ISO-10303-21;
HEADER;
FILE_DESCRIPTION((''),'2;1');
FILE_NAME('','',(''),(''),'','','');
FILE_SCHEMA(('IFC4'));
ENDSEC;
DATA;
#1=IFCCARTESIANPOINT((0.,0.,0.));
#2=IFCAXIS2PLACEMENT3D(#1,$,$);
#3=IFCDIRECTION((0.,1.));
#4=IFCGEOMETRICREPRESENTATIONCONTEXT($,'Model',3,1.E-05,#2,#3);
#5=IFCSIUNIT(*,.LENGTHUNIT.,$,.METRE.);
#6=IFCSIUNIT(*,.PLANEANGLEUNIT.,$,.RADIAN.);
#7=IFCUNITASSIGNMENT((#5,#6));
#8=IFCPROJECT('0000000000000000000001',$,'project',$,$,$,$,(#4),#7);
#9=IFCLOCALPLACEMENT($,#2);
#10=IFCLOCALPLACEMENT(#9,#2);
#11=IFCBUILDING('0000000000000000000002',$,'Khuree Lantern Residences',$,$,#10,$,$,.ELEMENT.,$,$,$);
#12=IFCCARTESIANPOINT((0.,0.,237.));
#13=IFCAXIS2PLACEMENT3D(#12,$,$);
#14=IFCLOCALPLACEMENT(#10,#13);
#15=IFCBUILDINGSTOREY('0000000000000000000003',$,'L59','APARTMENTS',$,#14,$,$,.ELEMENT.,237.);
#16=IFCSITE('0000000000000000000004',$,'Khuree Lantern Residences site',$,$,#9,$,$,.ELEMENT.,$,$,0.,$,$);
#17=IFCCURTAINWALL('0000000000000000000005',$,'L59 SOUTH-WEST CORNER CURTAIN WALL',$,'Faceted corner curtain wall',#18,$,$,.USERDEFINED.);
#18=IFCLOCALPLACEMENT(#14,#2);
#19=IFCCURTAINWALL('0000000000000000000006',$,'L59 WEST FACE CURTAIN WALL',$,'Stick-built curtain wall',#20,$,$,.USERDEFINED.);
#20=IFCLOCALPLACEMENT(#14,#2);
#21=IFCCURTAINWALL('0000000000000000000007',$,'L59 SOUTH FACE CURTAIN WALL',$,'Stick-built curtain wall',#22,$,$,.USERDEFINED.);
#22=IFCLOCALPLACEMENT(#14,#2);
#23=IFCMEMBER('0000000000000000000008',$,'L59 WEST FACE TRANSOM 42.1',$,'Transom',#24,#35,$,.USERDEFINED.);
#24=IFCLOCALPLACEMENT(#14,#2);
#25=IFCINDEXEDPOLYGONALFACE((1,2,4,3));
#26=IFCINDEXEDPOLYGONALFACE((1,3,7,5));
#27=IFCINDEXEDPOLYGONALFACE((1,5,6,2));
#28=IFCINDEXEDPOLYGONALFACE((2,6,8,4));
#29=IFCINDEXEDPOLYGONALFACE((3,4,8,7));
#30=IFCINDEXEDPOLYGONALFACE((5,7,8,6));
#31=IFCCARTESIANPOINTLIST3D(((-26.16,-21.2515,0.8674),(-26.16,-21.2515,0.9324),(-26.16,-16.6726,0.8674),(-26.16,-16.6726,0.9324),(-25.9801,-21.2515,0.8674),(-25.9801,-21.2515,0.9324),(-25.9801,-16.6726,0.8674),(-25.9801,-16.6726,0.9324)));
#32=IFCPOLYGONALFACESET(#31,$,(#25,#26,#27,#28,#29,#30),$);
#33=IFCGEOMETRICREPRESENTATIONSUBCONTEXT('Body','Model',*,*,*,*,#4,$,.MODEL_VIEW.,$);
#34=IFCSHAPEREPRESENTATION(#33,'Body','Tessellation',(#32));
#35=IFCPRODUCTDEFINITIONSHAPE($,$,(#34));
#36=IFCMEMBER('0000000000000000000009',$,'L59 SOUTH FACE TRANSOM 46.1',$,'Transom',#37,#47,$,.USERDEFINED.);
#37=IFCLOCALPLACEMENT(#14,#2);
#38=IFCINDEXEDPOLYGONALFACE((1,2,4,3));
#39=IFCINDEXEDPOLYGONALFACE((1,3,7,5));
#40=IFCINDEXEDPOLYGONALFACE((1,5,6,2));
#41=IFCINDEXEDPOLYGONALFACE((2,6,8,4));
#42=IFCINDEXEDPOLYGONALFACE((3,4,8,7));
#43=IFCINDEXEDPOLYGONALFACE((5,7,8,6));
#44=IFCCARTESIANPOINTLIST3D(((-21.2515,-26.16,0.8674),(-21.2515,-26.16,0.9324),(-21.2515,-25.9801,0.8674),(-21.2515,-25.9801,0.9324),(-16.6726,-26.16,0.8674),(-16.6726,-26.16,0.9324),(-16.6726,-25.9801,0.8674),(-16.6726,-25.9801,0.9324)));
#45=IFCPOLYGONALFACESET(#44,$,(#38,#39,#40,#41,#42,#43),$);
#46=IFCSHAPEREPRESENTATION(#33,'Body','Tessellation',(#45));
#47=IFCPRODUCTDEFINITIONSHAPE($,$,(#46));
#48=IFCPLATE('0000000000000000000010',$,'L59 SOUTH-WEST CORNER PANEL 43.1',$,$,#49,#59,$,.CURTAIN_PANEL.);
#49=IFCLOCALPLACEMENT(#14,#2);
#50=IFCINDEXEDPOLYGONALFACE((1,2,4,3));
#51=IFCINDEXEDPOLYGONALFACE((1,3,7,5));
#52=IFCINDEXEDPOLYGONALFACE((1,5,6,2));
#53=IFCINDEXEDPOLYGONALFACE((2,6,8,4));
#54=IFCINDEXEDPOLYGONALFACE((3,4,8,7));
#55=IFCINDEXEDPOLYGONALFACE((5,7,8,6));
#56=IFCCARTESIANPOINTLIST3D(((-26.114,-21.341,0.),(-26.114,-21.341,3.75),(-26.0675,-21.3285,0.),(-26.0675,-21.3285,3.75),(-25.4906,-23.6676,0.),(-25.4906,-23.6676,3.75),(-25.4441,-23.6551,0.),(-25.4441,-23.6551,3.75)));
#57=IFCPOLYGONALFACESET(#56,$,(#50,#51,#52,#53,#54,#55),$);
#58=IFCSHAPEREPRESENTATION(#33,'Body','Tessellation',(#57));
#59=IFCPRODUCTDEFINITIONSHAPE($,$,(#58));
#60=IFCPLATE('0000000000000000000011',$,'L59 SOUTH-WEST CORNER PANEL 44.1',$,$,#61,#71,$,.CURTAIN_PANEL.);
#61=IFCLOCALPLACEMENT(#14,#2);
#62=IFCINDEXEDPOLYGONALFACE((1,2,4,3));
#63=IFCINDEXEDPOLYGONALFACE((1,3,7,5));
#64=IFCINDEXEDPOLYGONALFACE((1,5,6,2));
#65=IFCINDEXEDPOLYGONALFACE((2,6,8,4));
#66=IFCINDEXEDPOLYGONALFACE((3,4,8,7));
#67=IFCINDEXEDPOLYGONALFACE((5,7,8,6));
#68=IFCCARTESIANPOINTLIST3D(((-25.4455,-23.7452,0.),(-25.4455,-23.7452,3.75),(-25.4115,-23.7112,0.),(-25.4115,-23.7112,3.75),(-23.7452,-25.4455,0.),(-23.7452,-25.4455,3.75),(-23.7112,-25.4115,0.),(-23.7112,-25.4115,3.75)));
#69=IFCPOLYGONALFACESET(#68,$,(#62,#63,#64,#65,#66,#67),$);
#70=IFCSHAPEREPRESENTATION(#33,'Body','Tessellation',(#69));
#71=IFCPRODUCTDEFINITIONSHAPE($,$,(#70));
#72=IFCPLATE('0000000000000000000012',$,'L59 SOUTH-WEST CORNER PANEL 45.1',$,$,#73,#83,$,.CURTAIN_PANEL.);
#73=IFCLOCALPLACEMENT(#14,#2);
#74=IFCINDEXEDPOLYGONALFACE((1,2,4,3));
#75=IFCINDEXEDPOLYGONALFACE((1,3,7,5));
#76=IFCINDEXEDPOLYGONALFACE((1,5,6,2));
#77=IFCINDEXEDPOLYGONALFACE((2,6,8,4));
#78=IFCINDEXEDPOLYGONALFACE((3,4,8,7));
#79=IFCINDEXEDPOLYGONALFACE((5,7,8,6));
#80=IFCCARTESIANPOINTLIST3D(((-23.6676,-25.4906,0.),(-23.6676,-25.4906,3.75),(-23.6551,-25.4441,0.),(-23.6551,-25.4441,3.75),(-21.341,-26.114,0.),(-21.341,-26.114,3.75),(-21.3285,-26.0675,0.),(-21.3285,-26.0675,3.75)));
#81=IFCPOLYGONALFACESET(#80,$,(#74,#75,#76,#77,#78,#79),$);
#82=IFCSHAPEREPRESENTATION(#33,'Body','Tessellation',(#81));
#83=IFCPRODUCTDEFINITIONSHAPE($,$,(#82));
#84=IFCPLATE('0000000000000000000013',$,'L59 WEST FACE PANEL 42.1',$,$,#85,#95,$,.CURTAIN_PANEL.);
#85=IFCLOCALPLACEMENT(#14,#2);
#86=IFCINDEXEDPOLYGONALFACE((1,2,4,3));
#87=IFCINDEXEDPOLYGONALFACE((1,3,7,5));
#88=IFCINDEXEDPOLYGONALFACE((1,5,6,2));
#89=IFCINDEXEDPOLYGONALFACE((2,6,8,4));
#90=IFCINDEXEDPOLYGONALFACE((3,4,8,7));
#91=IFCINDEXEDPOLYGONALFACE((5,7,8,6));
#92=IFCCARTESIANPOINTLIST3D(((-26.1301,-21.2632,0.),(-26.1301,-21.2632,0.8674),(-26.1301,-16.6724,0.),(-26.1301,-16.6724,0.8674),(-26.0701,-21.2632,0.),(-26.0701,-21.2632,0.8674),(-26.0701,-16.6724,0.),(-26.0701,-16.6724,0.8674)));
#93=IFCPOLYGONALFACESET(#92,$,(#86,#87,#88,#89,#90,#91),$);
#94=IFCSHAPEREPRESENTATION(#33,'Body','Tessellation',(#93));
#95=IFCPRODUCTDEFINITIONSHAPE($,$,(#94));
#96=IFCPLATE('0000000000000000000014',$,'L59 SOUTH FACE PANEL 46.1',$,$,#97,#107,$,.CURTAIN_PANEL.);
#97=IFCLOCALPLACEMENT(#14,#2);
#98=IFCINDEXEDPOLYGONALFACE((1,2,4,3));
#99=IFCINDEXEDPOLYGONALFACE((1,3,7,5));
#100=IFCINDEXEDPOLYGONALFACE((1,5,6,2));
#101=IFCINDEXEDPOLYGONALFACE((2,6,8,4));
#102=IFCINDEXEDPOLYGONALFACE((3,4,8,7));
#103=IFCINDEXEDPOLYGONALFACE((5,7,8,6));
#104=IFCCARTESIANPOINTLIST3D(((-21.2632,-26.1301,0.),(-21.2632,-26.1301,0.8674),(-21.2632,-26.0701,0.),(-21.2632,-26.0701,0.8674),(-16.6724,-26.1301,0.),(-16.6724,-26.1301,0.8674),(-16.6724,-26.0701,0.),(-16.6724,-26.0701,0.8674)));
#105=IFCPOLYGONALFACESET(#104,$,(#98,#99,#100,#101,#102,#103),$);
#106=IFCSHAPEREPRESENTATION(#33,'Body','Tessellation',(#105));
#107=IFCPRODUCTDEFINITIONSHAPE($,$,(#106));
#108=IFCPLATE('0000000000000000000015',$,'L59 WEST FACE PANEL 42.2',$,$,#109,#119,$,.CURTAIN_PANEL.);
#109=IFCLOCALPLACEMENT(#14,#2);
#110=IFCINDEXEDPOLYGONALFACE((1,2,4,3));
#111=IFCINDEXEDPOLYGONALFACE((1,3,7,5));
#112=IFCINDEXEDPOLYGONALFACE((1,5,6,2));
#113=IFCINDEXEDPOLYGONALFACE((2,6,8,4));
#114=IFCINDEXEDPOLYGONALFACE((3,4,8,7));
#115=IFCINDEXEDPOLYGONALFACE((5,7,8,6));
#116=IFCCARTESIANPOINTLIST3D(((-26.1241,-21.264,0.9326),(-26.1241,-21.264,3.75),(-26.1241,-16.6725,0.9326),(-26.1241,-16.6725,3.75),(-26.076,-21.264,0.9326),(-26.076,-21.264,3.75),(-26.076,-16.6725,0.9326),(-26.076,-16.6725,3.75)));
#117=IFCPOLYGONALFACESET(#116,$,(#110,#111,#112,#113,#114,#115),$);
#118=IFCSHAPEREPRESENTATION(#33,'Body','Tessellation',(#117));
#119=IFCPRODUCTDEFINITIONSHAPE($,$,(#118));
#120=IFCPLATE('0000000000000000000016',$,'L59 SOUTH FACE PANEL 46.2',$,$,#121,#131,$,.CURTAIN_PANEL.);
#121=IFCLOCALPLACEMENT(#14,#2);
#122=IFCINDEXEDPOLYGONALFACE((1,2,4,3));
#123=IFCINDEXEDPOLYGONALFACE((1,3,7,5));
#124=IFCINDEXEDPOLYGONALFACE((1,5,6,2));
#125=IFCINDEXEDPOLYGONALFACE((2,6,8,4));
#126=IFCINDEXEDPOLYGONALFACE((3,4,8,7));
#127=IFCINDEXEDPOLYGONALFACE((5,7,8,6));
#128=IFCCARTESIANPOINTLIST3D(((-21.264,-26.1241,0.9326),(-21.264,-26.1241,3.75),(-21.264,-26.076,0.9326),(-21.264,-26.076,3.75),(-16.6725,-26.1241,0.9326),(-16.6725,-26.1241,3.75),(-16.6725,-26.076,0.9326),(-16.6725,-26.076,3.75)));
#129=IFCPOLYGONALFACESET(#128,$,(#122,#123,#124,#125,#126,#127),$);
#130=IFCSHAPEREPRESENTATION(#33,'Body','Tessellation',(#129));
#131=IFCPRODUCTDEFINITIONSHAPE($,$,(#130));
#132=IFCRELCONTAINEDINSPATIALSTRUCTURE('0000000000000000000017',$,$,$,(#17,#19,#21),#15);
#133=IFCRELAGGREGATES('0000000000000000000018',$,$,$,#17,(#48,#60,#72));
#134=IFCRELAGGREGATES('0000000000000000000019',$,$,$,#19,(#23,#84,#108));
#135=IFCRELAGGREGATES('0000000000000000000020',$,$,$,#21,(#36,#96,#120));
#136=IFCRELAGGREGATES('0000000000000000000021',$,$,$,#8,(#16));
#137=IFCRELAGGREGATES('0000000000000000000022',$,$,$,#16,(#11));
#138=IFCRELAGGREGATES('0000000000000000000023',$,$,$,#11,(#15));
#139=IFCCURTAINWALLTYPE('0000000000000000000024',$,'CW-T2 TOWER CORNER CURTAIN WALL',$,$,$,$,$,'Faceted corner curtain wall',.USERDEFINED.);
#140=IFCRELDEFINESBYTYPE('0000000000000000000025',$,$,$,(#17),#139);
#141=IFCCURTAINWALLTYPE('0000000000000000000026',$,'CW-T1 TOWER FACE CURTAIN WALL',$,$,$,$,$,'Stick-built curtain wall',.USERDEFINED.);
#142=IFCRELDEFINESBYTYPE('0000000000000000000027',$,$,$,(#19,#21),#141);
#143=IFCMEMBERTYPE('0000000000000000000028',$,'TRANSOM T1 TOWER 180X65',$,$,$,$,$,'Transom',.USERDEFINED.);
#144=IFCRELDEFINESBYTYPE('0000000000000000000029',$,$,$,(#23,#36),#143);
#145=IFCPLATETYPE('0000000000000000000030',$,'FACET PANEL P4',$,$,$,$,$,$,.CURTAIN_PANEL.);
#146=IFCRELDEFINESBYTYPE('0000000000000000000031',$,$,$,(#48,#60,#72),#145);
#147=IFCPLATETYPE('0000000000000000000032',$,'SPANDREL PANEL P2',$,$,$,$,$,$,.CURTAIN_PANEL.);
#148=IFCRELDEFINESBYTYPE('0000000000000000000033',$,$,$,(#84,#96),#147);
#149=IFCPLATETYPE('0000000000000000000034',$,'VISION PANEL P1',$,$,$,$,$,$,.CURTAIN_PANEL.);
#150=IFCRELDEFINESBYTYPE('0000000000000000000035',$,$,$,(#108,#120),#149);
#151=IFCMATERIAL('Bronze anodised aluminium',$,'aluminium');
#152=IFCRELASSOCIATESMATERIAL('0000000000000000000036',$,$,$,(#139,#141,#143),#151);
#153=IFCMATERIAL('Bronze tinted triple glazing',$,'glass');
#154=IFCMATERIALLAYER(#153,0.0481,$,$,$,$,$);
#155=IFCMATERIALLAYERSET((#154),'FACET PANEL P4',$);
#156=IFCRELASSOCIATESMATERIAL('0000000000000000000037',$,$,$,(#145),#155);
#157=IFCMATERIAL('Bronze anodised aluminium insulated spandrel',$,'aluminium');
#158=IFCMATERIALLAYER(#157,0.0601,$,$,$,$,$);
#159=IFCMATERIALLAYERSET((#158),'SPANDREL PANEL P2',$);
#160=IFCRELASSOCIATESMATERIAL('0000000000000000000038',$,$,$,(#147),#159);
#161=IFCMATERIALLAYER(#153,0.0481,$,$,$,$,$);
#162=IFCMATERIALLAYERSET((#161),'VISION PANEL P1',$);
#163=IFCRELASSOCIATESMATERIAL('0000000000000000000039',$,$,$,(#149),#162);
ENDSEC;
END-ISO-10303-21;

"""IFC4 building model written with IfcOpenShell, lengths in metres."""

from ifc_helpers import new_model, si_unit, direction, frame, origin, origin_2d, place, context, subcontext, project, spatial, rectangle, extrude, material, layer, layer_set, material_profile, profile_set, type_object, element, aggregate, save


model = new_model("IFC4")

# Units and contexts
model_context = context("Model", 3, precision=1e-05, world=origin(), true_north=direction((0.0, 1.0)))
body_context = subcontext(model_context, "Body", "Model", "MODEL_VIEW")
ifc_project = project(units=[si_unit("LENGTHUNIT", "METRE"), si_unit("PLANEANGLEUNIT", "RADIAN")], contexts=[model_context])

# Site, building, storey
site_placement = place(None, origin())
site = spatial("IfcSite", under=ifc_project, at=site_placement, Name="Khuree Lantern Residences site", CompositionType="ELEMENT", RefElevation=0.0)
building_placement = place(site_placement, origin())
building = spatial("IfcBuilding", under=site, at=building_placement, Name="Khuree Lantern Residences", CompositionType="ELEMENT")
storey_placement = place(building_placement, frame((0.0, 0.0, 237.0)))
storey = spatial("IfcBuildingStorey", under=building, at=storey_placement, Name="L59", Description="APARTMENTS", CompositionType="ELEMENT", Elevation=237.0)

# Curtain wall
ifc_material_1 = material(Name="Bronze anodised aluminium", Category="aluminium")
curtain_wall_type_1 = type_object("IfcCurtainWallType", Name="CW-T2 TOWER CORNER CURTAIN WALL", ElementType="Faceted corner curtain wall", PredefinedType="USERDEFINED", material=ifc_material_1)
curtain_wall_1_placement = place(storey_placement, origin())
curtain_wall_1 = element("IfcCurtainWall", 1, at=curtain_wall_1_placement, inside=storey, type_object=curtain_wall_type_1, Name="L59 SOUTH-WEST CORNER CURTAIN WALL", ObjectType="Faceted corner curtain wall", PredefinedType="USERDEFINED")

# Curtain wall
curtain_wall_type_2 = type_object("IfcCurtainWallType", Name="CW-T1 TOWER FACE CURTAIN WALL", ElementType="Stick-built curtain wall", PredefinedType="USERDEFINED", material=ifc_material_1)
curtain_wall_2_placement = place(storey_placement, origin())
curtain_wall_2 = element("IfcCurtainWall", 2, at=curtain_wall_2_placement, inside=storey, type_object=curtain_wall_type_2, Name="L59 WEST FACE CURTAIN WALL", ObjectType="Stick-built curtain wall", PredefinedType="USERDEFINED")

# Curtain wall
curtain_wall_3_placement = place(storey_placement, origin())
curtain_wall_3 = element("IfcCurtainWall", 3, at=curtain_wall_3_placement, inside=storey, type_object=curtain_wall_type_2, Name="L59 SOUTH FACE CURTAIN WALL", ObjectType="Stick-built curtain wall", PredefinedType="USERDEFINED")

# Members
ifc_material_profile_1 = material_profile(ifc_material_1, rectangle(XDim=0.1799, YDim=0.0649, at=origin_2d()), Name="T1 180X65")
ifc_profile_set_1 = profile_set([ifc_material_profile_1], Name="Bronze anodised aluminium")
member_type_1 = type_object("IfcMemberType", Name="TRANSOM T1 TOWER 180X65", ElementType="Transom", PredefinedType="USERDEFINED", material=ifc_profile_set_1)
member_1_placement = place(storey_placement, frame((-26.0701, -16.6726, 0.8999), z_axis=(0.0, -1.0, 0.0), x_axis=(1.0, 0.0, 0.0)))
member_1 = element("IfcMember", 4, at=member_1_placement, type_object=member_type_1, Name="L59 WEST FACE TRANSOM 42.1", ObjectType="Transom", PredefinedType="USERDEFINED", context=body_context, shape_type="SweptSolid", body=[
    extrude(rectangle(XDim=0.1799, YDim=0.0649, at=origin_2d()), origin(), (0.0, 0.0, 1.0), 4.5789),
])
member_2_placement = place(storey_placement, frame((-21.2515, -26.0701, 0.8999), z_axis=(1.0, 0.0, 0.0), x_axis=(0.0, 1.0, 0.0)))
member_2 = element("IfcMember", 5, at=member_2_placement, type_object=member_type_1, Name="L59 SOUTH FACE TRANSOM 46.1", ObjectType="Transom", PredefinedType="USERDEFINED", context=body_context, shape_type="SweptSolid", body=[
    extrude(rectangle(XDim=0.1799, YDim=0.0649, at=origin_2d()), origin(), (0.0, 0.0, 1.0), 4.5789),
])

# Plates
ifc_material_2 = material(Name="Bronze tinted triple glazing", Category="glass")
ifc_layer_1 = layer(ifc_material_2, 0.0481)
ifc_layer_set_1 = layer_set([ifc_layer_1], Name="FACET PANEL P4")
plate_type_1 = type_object("IfcPlateType", Name="FACET PANEL P4", PredefinedType="CURTAIN_PANEL", material=ifc_layer_set_1)
plate_1_placement = place(storey_placement, frame((-25.7791, -22.498, 0.0), z_axis=(0.0, 0.0, 1.0), x_axis=(0.258819, -0.965926, 0.0)))
plate_1 = element("IfcPlate", 6, at=plate_1_placement, type_object=plate_type_1, Name="L59 SOUTH-WEST CORNER PANEL 43.1", PredefinedType="CURTAIN_PANEL", context=body_context, shape_type="SweptSolid", body=[
    extrude(rectangle(XDim=2.4087, YDim=0.0481, at=origin_2d()), origin(), (0.0, 0.0, 1.0), 3.75),
])
plate_2_placement = place(storey_placement, frame((-24.5784, -24.5784, 0.0), z_axis=(0.0, 0.0, 1.0), x_axis=(0.707107, -0.707107, 0.0)))
plate_2 = element("IfcPlate", 7, at=plate_2_placement, type_object=plate_type_1, Name="L59 SOUTH-WEST CORNER PANEL 44.1", PredefinedType="CURTAIN_PANEL", context=body_context, shape_type="SweptSolid", body=[
    extrude(rectangle(XDim=2.4045, YDim=0.0481, at=origin_2d()), origin(), (0.0, 0.0, 1.0), 3.75),
])
plate_3_placement = place(storey_placement, frame((-22.498, -25.7791, 0.0), z_axis=(0.0, 0.0, 1.0), x_axis=(0.965926, -0.258819, 0.0)))
plate_3 = element("IfcPlate", 8, at=plate_3_placement, type_object=plate_type_1, Name="L59 SOUTH-WEST CORNER PANEL 45.1", PredefinedType="CURTAIN_PANEL", context=body_context, shape_type="SweptSolid", body=[
    extrude(rectangle(XDim=2.4087, YDim=0.0481, at=origin_2d()), origin(), (0.0, 0.0, 1.0), 3.75),
])
aggregate(curtain_wall_1, [plate_1, plate_2, plate_3])
ifc_material_3 = material(Name="Bronze anodised aluminium insulated spandrel", Category="aluminium")
ifc_layer_2 = layer(ifc_material_3, 0.0601)
ifc_layer_set_2 = layer_set([ifc_layer_2], Name="SPANDREL PANEL P2")
plate_type_2 = type_object("IfcPlateType", Name="SPANDREL PANEL P2", PredefinedType="CURTAIN_PANEL", material=ifc_layer_set_2)
plate_4_placement = place(storey_placement, frame((-26.1001, -18.9678, 0.0), z_axis=(0.0, 0.0, 1.0), x_axis=(0.0, -1.0, 0.0)))
plate_4 = element("IfcPlate", 9, at=plate_4_placement, type_object=plate_type_2, Name="L59 WEST FACE PANEL 42.1", PredefinedType="CURTAIN_PANEL", context=body_context, shape_type="SweptSolid", body=[
    extrude(rectangle(XDim=4.5908, YDim=0.0601, at=origin_2d()), origin(), (0.0, 0.0, 1.0), 0.8674),
])
plate_5_placement = place(storey_placement, frame((-18.9678, -26.1001, 0.0), z_axis=(0.0, 0.0, 1.0), x_axis=(1.0, 0.0, 0.0)))
plate_5 = element("IfcPlate", 10, at=plate_5_placement, type_object=plate_type_2, Name="L59 SOUTH FACE PANEL 46.1", PredefinedType="CURTAIN_PANEL", context=body_context, shape_type="SweptSolid", body=[
    extrude(rectangle(XDim=4.5908, YDim=0.0601, at=origin_2d()), origin(), (0.0, 0.0, 1.0), 0.8674),
])
ifc_layer_3 = layer(ifc_material_2, 0.0481)
ifc_layer_set_3 = layer_set([ifc_layer_3], Name="VISION PANEL P1")
plate_type_3 = type_object("IfcPlateType", Name="VISION PANEL P1", PredefinedType="CURTAIN_PANEL", material=ifc_layer_set_3)
plate_6_placement = place(storey_placement, frame((-26.1001, -18.9683, 0.9326), z_axis=(0.0, 0.0, 1.0), x_axis=(0.0, -1.0, 0.0)))
plate_6 = element("IfcPlate", 11, at=plate_6_placement, type_object=plate_type_3, Name="L59 WEST FACE PANEL 42.2", PredefinedType="CURTAIN_PANEL", context=body_context, shape_type="SweptSolid", body=[
    extrude(rectangle(XDim=4.5916, YDim=0.0481, at=origin_2d()), origin(), (0.0, 0.0, 1.0), 2.8174),
])
aggregate(curtain_wall_2, [member_1, plate_4, plate_6])
plate_7_placement = place(storey_placement, frame((-18.9683, -26.1001, 0.9326), z_axis=(0.0, 0.0, 1.0), x_axis=(1.0, 0.0, 0.0)))
plate_7 = element("IfcPlate", 12, at=plate_7_placement, type_object=plate_type_3, Name="L59 SOUTH FACE PANEL 46.2", PredefinedType="CURTAIN_PANEL", context=body_context, shape_type="SweptSolid", body=[
    extrude(rectangle(XDim=4.5916, YDim=0.0481, at=origin_2d()), origin(), (0.0, 0.0, 1.0), 2.8174),
])
aggregate(curtain_wall_3, [member_2, plate_5, plate_7])

save(model, "model.ifc")
